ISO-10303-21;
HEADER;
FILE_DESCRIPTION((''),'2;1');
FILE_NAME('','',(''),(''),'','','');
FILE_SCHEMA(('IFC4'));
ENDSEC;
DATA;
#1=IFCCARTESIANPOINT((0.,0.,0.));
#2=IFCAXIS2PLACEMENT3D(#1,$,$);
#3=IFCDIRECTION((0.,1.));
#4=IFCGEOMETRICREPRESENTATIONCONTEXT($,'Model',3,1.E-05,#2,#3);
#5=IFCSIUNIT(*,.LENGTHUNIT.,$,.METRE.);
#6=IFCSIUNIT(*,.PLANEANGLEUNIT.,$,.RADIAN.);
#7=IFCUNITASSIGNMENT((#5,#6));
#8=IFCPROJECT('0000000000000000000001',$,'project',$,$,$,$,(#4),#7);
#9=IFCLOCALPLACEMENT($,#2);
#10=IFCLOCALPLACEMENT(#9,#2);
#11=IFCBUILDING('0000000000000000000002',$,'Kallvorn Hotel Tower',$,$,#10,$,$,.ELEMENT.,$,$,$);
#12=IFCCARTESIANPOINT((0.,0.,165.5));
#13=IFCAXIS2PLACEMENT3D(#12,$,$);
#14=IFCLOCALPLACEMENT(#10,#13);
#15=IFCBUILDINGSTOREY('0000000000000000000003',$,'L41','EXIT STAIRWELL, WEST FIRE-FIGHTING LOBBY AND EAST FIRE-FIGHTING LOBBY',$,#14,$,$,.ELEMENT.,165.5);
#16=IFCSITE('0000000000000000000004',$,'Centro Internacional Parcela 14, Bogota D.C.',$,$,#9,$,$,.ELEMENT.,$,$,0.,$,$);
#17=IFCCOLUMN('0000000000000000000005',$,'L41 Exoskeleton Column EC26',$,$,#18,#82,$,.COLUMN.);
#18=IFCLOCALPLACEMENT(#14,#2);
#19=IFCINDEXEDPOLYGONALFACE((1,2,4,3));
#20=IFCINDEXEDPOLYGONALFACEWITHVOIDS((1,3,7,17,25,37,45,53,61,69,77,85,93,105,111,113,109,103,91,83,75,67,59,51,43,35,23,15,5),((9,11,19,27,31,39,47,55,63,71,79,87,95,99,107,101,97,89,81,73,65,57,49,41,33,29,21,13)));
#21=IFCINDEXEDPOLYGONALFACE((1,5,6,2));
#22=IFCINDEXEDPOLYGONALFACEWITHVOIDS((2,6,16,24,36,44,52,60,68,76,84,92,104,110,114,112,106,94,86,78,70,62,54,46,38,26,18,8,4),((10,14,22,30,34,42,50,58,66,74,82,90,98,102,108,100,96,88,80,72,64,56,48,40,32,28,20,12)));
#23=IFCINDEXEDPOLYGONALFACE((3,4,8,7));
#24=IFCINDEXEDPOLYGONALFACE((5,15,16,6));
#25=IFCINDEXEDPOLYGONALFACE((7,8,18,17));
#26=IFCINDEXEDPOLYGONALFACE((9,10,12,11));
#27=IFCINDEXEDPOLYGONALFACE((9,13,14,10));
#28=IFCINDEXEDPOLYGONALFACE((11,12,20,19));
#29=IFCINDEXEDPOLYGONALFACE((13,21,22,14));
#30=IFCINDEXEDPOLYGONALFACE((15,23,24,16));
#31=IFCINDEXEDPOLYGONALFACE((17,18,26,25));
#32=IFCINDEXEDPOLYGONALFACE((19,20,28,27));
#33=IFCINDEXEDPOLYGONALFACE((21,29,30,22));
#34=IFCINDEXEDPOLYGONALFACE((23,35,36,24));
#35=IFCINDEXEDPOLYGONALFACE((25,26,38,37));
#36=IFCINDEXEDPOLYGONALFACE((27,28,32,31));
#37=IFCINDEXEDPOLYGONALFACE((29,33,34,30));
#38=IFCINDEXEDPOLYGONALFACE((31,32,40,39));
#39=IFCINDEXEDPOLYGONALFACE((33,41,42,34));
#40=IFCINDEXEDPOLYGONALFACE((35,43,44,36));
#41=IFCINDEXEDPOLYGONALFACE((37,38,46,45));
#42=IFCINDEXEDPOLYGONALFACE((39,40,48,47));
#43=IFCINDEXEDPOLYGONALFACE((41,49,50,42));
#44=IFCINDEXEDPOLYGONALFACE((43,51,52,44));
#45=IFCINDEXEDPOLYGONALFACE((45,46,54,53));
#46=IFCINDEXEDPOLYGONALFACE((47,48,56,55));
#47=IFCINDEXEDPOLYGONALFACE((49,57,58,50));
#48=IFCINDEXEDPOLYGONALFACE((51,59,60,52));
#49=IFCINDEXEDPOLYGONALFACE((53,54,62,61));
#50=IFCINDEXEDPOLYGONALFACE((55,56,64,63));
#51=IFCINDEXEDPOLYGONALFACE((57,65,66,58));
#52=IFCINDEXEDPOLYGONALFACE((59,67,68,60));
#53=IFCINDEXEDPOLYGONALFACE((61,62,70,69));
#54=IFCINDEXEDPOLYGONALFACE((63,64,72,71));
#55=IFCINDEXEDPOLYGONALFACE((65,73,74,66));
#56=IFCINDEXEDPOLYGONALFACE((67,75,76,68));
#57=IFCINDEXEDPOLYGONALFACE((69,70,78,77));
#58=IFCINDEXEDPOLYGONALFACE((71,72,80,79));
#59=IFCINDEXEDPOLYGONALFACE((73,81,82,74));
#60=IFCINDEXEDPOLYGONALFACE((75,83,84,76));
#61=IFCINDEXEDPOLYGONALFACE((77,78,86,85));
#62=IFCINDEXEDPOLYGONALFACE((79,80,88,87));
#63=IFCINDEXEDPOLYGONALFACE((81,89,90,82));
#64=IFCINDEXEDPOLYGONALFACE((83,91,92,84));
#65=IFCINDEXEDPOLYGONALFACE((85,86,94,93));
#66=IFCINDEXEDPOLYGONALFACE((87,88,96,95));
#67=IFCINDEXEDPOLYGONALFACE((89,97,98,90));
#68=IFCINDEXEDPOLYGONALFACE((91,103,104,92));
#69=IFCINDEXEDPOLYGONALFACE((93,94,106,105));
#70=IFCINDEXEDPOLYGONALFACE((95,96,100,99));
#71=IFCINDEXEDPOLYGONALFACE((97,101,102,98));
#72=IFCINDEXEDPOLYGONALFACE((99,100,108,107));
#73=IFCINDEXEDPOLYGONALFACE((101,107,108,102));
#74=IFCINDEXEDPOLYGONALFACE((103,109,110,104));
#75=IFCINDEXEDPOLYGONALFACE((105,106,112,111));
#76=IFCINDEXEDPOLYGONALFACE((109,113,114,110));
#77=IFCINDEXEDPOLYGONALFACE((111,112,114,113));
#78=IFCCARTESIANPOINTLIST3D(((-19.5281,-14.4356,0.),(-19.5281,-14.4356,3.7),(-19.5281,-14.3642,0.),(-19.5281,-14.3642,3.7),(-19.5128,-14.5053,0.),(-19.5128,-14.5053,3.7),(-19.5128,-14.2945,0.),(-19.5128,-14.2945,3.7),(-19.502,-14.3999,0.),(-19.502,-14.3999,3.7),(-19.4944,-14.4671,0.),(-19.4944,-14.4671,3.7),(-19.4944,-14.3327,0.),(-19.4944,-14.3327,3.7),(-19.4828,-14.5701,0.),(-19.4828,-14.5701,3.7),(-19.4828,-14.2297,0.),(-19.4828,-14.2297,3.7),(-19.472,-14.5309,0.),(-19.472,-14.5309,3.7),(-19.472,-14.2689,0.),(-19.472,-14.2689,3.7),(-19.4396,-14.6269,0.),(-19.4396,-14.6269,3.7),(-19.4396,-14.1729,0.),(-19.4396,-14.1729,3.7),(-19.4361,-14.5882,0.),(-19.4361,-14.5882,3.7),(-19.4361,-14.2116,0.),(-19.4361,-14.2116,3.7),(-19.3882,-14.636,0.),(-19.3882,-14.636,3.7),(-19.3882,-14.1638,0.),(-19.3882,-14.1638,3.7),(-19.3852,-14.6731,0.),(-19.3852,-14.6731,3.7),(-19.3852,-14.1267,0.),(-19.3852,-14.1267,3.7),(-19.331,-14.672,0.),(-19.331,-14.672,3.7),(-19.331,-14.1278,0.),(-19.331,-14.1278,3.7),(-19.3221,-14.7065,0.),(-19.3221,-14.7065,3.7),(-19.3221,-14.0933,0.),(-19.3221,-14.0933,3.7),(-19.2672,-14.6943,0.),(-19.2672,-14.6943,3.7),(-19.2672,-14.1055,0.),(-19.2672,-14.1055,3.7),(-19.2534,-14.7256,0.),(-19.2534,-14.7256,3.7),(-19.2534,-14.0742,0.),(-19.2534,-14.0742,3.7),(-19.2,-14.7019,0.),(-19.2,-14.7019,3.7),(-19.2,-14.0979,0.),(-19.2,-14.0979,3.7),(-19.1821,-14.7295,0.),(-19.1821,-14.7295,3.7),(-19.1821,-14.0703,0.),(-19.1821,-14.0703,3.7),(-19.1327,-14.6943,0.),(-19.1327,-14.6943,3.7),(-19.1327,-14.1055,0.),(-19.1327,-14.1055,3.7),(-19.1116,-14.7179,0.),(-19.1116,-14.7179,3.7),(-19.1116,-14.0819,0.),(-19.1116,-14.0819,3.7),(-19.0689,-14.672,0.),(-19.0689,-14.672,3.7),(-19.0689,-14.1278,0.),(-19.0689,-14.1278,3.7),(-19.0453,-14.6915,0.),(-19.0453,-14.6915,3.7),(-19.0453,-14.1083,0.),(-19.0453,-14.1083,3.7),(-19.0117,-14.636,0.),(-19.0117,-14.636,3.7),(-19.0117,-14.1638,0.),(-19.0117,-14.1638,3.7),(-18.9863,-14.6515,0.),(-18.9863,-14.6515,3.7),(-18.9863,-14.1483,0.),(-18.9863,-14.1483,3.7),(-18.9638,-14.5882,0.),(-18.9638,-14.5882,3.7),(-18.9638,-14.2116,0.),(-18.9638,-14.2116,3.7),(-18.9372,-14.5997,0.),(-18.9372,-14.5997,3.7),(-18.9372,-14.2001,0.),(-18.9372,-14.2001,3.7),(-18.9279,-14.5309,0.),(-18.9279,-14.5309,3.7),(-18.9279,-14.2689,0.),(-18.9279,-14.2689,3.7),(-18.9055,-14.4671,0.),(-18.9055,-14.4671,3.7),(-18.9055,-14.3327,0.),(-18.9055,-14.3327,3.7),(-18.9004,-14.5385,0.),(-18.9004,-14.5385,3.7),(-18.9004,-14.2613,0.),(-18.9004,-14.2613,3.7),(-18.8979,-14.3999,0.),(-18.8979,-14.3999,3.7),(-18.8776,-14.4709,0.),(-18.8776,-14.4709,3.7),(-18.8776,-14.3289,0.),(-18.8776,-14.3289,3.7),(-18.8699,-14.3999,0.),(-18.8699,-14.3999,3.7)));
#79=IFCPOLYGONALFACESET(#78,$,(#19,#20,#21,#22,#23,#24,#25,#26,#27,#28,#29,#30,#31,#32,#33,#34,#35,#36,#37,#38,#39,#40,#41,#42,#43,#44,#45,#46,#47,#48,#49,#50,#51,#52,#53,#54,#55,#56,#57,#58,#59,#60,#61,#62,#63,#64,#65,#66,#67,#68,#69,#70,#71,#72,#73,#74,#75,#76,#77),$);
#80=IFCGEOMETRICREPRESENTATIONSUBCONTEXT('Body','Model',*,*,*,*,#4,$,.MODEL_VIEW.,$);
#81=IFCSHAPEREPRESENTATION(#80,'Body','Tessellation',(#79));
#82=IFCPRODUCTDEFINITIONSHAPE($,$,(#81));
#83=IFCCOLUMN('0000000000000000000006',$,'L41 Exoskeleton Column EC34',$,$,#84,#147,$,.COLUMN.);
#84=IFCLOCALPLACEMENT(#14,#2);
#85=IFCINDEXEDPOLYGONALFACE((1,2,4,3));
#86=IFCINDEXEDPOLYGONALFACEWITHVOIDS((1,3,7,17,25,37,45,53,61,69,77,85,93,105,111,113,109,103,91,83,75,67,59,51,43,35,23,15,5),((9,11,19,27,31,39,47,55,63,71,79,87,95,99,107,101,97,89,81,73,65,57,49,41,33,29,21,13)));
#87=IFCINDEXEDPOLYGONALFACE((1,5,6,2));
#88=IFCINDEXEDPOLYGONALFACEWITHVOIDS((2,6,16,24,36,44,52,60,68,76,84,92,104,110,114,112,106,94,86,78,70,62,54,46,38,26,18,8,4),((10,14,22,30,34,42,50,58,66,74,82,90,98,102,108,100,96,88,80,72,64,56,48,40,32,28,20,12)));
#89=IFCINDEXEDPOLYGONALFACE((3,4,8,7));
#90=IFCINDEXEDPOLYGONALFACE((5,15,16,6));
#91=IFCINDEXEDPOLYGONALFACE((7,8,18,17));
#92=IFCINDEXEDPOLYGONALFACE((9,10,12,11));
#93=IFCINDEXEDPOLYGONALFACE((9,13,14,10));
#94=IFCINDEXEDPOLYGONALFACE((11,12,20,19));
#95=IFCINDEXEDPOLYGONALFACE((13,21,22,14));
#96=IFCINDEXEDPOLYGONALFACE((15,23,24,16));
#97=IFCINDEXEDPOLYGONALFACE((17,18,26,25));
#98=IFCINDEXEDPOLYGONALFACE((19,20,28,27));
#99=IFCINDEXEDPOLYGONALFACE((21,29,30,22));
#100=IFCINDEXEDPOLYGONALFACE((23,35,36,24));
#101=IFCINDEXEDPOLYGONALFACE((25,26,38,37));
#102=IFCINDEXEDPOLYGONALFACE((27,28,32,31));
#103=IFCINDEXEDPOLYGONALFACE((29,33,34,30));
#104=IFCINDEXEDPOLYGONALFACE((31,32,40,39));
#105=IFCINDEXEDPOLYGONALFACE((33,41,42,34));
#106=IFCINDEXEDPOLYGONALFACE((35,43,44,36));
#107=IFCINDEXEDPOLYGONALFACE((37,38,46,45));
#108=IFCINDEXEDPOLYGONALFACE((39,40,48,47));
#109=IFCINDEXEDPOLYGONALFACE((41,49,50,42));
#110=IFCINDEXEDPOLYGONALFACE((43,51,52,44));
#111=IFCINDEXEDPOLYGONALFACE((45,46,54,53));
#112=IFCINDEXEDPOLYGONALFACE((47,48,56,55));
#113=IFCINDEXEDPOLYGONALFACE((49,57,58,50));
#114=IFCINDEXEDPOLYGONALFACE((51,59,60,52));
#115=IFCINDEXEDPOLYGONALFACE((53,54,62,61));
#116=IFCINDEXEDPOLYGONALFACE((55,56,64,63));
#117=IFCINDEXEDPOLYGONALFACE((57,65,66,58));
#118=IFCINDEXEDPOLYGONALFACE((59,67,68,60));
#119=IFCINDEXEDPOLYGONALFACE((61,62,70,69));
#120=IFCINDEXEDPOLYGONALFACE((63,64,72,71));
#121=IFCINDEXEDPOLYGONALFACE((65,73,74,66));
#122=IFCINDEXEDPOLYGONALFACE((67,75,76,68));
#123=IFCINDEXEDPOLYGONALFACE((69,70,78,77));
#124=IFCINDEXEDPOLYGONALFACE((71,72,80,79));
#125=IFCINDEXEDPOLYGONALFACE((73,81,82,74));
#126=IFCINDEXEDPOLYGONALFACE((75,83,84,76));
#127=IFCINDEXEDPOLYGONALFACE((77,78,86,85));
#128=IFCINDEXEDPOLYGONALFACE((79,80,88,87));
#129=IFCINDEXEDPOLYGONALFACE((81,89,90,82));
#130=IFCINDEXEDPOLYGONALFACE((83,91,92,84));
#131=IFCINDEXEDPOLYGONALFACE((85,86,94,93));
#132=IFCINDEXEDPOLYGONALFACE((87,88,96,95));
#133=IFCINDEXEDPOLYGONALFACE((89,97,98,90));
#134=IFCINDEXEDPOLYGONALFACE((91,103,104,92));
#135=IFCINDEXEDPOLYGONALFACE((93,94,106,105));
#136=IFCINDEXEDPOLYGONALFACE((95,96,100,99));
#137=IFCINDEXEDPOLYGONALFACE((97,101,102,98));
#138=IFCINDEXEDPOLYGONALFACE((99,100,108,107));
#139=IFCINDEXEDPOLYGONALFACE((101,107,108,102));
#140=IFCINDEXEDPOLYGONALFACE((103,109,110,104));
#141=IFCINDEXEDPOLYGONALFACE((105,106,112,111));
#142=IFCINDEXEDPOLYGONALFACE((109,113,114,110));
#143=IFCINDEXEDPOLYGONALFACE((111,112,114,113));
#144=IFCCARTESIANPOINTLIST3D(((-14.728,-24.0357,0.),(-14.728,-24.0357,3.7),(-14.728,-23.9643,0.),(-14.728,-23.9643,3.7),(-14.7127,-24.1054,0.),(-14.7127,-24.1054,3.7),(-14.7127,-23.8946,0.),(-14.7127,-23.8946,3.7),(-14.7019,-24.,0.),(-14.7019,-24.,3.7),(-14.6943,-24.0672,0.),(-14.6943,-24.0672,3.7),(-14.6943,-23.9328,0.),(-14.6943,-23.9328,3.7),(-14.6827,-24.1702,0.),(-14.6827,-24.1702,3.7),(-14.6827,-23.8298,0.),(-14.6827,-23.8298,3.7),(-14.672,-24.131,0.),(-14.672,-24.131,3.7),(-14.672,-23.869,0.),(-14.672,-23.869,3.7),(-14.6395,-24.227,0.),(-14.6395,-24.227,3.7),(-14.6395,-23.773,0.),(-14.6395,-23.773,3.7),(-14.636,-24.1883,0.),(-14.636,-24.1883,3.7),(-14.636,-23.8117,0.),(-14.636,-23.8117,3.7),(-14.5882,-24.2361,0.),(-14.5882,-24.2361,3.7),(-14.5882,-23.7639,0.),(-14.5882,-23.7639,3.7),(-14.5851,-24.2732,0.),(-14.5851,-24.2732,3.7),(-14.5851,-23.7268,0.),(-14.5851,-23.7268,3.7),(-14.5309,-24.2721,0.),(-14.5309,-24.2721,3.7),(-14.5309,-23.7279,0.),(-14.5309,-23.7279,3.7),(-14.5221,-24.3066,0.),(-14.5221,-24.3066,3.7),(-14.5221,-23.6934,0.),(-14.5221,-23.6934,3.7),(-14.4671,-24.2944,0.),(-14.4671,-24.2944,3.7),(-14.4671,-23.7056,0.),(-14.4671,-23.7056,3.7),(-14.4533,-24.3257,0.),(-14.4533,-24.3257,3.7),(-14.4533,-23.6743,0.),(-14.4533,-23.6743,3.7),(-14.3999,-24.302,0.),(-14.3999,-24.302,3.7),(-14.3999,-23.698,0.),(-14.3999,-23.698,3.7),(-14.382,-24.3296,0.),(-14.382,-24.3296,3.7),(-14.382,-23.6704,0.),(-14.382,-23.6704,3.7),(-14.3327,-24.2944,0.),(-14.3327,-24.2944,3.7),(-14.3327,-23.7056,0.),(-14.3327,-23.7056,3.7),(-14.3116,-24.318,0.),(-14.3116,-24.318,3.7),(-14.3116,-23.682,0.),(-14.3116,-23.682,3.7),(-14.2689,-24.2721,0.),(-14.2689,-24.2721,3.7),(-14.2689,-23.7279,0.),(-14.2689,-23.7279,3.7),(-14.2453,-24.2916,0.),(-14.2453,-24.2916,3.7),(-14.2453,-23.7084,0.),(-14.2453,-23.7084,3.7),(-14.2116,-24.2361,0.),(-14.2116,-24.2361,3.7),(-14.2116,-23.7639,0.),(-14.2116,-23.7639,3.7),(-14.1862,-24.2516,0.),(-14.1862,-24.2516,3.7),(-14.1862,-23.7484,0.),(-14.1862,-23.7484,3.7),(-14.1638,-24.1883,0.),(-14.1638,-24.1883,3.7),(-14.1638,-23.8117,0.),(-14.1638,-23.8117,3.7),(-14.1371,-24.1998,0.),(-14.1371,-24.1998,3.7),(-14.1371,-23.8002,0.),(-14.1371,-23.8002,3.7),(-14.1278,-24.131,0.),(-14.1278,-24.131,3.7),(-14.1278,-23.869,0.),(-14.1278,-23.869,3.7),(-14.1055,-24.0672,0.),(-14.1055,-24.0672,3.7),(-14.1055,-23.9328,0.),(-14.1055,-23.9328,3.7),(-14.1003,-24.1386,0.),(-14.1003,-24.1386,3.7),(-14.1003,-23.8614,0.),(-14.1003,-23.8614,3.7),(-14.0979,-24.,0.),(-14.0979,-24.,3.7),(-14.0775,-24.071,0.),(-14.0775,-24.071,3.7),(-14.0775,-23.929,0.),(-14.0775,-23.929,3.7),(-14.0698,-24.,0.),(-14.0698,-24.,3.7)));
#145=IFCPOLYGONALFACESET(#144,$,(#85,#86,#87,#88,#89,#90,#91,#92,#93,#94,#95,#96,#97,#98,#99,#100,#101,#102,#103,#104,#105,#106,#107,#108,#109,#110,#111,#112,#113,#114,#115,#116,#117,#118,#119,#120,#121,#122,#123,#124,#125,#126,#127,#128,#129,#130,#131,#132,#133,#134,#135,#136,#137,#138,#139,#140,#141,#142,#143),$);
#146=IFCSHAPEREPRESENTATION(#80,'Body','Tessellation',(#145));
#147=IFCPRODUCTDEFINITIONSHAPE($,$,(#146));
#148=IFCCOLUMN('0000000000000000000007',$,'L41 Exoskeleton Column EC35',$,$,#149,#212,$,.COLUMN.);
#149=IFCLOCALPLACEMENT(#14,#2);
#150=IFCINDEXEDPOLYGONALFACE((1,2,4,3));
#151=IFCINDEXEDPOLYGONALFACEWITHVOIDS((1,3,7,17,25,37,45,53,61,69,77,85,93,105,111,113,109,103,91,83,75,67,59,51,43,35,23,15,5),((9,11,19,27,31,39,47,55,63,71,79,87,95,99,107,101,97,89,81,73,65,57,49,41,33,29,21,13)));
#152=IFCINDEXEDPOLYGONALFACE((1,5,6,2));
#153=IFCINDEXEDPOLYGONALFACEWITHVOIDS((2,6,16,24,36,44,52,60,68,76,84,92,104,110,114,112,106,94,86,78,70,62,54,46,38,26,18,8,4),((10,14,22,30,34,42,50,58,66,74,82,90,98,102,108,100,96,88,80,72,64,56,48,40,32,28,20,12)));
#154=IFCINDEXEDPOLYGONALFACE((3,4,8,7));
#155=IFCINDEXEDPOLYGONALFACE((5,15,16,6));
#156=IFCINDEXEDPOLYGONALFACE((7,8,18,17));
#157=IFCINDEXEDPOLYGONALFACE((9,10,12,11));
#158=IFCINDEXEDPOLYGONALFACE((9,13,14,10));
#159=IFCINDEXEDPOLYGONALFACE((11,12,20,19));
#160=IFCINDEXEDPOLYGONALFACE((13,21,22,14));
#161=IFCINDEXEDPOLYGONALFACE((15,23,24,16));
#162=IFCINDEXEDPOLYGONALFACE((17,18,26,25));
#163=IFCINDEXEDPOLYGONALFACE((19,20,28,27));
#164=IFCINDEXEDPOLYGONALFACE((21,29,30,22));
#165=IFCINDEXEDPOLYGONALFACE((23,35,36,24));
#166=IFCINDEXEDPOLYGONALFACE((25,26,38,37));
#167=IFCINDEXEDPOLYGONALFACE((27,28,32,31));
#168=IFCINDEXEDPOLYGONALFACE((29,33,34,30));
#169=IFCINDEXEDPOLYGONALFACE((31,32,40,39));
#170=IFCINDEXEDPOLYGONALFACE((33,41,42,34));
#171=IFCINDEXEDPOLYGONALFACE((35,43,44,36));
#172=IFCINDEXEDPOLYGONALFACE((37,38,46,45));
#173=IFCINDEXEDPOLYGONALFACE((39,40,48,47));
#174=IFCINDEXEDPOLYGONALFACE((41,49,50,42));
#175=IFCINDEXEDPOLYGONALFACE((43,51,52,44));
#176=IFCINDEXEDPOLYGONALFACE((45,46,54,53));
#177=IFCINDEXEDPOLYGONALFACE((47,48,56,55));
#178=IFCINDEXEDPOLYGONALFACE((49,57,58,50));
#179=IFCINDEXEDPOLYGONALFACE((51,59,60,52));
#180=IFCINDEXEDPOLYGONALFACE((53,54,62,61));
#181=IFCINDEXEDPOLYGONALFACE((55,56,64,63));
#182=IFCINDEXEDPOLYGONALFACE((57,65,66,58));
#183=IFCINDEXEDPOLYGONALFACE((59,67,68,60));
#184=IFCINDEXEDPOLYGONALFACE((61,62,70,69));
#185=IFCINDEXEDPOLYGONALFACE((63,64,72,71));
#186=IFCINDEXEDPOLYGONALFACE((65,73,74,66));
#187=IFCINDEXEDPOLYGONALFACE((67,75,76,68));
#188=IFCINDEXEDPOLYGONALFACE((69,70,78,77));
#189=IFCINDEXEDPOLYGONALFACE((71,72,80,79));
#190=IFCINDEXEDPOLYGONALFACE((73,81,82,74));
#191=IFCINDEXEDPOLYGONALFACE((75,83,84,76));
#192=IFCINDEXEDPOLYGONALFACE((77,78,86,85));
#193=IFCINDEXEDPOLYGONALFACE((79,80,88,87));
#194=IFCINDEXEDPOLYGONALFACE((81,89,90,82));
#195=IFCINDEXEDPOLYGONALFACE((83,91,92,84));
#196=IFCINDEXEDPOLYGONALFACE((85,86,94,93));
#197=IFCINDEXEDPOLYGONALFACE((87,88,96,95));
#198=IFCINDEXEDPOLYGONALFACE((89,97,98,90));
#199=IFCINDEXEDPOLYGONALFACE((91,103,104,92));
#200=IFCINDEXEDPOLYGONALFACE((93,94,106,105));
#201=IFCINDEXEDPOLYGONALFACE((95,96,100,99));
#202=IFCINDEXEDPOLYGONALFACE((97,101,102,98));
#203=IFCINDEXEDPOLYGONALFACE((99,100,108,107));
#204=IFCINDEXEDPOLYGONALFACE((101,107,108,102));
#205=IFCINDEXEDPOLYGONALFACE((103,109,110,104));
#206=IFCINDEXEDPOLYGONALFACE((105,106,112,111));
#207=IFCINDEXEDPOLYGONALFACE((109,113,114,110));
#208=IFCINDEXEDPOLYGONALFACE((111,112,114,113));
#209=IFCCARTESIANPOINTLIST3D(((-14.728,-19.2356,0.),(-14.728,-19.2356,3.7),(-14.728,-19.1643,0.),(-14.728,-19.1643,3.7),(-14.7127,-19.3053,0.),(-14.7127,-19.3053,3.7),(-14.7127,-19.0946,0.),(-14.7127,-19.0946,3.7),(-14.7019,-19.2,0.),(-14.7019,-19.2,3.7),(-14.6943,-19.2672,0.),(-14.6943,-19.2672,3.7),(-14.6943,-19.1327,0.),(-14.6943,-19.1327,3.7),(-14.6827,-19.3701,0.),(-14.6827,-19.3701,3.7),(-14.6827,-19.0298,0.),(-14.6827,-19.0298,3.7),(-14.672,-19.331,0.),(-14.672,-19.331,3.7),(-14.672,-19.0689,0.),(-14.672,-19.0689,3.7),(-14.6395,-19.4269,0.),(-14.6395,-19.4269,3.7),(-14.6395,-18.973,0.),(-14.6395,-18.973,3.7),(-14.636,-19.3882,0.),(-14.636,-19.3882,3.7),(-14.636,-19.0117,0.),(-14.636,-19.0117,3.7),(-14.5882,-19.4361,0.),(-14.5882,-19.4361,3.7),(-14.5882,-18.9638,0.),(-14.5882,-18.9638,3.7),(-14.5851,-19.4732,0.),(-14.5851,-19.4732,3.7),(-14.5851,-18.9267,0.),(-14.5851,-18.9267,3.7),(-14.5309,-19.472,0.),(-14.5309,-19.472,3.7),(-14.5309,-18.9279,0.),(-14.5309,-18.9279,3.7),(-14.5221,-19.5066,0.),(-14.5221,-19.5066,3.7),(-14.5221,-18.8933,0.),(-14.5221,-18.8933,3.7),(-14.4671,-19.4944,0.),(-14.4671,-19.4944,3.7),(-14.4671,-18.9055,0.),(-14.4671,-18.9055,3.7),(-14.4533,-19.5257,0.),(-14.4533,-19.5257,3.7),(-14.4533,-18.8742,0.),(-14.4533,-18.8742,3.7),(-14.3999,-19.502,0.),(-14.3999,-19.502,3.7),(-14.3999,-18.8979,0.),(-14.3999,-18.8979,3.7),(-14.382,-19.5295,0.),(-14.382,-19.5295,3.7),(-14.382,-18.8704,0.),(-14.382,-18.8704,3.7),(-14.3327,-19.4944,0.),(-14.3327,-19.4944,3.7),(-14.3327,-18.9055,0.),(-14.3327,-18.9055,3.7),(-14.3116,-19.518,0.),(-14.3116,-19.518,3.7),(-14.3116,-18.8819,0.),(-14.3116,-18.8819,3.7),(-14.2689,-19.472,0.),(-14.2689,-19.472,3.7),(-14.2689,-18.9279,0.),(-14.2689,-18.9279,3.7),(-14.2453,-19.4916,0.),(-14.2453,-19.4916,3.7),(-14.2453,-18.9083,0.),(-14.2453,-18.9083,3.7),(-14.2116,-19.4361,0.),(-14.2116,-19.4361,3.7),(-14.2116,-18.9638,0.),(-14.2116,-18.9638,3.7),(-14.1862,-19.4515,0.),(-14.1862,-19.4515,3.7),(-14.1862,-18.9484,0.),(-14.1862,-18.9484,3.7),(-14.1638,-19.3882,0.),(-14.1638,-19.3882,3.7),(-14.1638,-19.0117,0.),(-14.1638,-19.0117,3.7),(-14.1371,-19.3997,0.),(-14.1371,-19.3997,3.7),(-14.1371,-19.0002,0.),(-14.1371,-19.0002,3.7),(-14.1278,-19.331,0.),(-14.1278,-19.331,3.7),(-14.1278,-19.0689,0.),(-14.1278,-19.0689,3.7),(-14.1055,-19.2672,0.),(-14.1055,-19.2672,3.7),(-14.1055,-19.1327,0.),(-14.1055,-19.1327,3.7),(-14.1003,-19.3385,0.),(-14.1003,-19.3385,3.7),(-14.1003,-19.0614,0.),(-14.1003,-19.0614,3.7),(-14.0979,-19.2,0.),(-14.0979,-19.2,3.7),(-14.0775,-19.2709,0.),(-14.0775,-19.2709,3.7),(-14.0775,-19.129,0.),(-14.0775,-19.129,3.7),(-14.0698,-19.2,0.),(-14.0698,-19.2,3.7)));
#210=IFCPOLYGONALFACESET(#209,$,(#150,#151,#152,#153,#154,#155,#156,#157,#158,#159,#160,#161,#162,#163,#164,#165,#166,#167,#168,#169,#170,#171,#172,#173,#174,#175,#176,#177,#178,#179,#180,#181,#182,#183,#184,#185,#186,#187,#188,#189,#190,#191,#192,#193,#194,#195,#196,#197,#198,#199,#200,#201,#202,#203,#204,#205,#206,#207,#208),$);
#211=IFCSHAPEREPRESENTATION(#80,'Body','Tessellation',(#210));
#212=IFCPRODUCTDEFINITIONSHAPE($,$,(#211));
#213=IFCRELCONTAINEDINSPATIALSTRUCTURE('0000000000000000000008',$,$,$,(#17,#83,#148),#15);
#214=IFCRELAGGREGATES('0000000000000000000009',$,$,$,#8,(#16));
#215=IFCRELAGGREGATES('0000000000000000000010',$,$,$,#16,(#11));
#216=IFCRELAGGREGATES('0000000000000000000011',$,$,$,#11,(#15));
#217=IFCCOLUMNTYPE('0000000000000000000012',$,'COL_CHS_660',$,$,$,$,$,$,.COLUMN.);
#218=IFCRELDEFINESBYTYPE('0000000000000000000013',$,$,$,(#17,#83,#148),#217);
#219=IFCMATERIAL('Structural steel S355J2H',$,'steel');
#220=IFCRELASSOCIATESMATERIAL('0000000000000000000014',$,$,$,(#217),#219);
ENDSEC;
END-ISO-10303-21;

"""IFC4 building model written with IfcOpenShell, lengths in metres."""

from ifc_helpers import new_model, si_unit, direction, frame, origin, origin_2d, place, context, subcontext, project, spatial, hollow_circle, extrude, material, material_profile, profile_set, type_object, element, save


model = new_model("IFC4")

# Units and contexts
model_context = context("Model", 3, precision=1e-05, world=origin(), true_north=direction((0.0, 1.0)))
body_context = subcontext(model_context, "Body", "Model", "MODEL_VIEW")
ifc_project = project(units=[si_unit("LENGTHUNIT", "METRE"), si_unit("PLANEANGLEUNIT", "RADIAN")], contexts=[model_context])

# Site, building, storey
site_placement = place(None, origin())
site = spatial("IfcSite", under=ifc_project, at=site_placement, Name="Centro Internacional Parcela 14, Bogota D.C.", CompositionType="ELEMENT", RefElevation=0.0)
building_placement = place(site_placement, origin())
building = spatial("IfcBuilding", under=site, at=building_placement, Name="Kallvorn Hotel Tower", CompositionType="ELEMENT")
storey_placement = place(building_placement, frame((0.0, 0.0, 165.5)))
storey = spatial("IfcBuildingStorey", under=building, at=storey_placement, Name="L41", Description="EXIT STAIRWELL, WEST FIRE-FIGHTING LOBBY AND EAST FIRE-FIGHTING LOBBY", CompositionType="ELEMENT", Elevation=165.5)

# Columns
ifc_material_1 = material(Name="Structural steel S355J2H", Category="steel")
ifc_material_profile_1 = material_profile(ifc_material_1, hollow_circle(Radius=0.3301, WallThickness=0.0281, at=origin_2d()), Name="CHS 660x28")
ifc_profile_set_1 = profile_set([ifc_material_profile_1], Name="Structural steel S355J2H")
column_type_1 = type_object("IfcColumnType", Name="COL_CHS_660", PredefinedType="COLUMN", material=ifc_profile_set_1)
for number, where, z_axis, x_axis, name in (
    (1, (-19.2, -14.3999, 0.0), (0.0, 0.0, 1.0), (1.0, 0.0, 0.0), "L41 Exoskeleton Column EC26"),
    (2, (-14.3999, -24.0, 0.0), (0.0, 0.0, 1.0), (1.0, 0.0, 0.0), "L41 Exoskeleton Column EC34"),
    (3, (-14.3999, -19.2, 0.0), (0.0, 0.0, 1.0), (1.0, 0.0, 0.0), "L41 Exoskeleton Column EC35"),
):
    element("IfcColumn", number, at=place(storey_placement, frame(where, z_axis=z_axis, x_axis=x_axis)), inside=storey, type_object=column_type_1, Name=name, PredefinedType="COLUMN", context=body_context, shape_type="SweptSolid", body=[
        extrude(hollow_circle(Radius=0.3301, WallThickness=0.0281, at=origin_2d()), origin(), (0.0, 0.0, 1.0), 3.7),
    ])

save(model, "model.ifc")
